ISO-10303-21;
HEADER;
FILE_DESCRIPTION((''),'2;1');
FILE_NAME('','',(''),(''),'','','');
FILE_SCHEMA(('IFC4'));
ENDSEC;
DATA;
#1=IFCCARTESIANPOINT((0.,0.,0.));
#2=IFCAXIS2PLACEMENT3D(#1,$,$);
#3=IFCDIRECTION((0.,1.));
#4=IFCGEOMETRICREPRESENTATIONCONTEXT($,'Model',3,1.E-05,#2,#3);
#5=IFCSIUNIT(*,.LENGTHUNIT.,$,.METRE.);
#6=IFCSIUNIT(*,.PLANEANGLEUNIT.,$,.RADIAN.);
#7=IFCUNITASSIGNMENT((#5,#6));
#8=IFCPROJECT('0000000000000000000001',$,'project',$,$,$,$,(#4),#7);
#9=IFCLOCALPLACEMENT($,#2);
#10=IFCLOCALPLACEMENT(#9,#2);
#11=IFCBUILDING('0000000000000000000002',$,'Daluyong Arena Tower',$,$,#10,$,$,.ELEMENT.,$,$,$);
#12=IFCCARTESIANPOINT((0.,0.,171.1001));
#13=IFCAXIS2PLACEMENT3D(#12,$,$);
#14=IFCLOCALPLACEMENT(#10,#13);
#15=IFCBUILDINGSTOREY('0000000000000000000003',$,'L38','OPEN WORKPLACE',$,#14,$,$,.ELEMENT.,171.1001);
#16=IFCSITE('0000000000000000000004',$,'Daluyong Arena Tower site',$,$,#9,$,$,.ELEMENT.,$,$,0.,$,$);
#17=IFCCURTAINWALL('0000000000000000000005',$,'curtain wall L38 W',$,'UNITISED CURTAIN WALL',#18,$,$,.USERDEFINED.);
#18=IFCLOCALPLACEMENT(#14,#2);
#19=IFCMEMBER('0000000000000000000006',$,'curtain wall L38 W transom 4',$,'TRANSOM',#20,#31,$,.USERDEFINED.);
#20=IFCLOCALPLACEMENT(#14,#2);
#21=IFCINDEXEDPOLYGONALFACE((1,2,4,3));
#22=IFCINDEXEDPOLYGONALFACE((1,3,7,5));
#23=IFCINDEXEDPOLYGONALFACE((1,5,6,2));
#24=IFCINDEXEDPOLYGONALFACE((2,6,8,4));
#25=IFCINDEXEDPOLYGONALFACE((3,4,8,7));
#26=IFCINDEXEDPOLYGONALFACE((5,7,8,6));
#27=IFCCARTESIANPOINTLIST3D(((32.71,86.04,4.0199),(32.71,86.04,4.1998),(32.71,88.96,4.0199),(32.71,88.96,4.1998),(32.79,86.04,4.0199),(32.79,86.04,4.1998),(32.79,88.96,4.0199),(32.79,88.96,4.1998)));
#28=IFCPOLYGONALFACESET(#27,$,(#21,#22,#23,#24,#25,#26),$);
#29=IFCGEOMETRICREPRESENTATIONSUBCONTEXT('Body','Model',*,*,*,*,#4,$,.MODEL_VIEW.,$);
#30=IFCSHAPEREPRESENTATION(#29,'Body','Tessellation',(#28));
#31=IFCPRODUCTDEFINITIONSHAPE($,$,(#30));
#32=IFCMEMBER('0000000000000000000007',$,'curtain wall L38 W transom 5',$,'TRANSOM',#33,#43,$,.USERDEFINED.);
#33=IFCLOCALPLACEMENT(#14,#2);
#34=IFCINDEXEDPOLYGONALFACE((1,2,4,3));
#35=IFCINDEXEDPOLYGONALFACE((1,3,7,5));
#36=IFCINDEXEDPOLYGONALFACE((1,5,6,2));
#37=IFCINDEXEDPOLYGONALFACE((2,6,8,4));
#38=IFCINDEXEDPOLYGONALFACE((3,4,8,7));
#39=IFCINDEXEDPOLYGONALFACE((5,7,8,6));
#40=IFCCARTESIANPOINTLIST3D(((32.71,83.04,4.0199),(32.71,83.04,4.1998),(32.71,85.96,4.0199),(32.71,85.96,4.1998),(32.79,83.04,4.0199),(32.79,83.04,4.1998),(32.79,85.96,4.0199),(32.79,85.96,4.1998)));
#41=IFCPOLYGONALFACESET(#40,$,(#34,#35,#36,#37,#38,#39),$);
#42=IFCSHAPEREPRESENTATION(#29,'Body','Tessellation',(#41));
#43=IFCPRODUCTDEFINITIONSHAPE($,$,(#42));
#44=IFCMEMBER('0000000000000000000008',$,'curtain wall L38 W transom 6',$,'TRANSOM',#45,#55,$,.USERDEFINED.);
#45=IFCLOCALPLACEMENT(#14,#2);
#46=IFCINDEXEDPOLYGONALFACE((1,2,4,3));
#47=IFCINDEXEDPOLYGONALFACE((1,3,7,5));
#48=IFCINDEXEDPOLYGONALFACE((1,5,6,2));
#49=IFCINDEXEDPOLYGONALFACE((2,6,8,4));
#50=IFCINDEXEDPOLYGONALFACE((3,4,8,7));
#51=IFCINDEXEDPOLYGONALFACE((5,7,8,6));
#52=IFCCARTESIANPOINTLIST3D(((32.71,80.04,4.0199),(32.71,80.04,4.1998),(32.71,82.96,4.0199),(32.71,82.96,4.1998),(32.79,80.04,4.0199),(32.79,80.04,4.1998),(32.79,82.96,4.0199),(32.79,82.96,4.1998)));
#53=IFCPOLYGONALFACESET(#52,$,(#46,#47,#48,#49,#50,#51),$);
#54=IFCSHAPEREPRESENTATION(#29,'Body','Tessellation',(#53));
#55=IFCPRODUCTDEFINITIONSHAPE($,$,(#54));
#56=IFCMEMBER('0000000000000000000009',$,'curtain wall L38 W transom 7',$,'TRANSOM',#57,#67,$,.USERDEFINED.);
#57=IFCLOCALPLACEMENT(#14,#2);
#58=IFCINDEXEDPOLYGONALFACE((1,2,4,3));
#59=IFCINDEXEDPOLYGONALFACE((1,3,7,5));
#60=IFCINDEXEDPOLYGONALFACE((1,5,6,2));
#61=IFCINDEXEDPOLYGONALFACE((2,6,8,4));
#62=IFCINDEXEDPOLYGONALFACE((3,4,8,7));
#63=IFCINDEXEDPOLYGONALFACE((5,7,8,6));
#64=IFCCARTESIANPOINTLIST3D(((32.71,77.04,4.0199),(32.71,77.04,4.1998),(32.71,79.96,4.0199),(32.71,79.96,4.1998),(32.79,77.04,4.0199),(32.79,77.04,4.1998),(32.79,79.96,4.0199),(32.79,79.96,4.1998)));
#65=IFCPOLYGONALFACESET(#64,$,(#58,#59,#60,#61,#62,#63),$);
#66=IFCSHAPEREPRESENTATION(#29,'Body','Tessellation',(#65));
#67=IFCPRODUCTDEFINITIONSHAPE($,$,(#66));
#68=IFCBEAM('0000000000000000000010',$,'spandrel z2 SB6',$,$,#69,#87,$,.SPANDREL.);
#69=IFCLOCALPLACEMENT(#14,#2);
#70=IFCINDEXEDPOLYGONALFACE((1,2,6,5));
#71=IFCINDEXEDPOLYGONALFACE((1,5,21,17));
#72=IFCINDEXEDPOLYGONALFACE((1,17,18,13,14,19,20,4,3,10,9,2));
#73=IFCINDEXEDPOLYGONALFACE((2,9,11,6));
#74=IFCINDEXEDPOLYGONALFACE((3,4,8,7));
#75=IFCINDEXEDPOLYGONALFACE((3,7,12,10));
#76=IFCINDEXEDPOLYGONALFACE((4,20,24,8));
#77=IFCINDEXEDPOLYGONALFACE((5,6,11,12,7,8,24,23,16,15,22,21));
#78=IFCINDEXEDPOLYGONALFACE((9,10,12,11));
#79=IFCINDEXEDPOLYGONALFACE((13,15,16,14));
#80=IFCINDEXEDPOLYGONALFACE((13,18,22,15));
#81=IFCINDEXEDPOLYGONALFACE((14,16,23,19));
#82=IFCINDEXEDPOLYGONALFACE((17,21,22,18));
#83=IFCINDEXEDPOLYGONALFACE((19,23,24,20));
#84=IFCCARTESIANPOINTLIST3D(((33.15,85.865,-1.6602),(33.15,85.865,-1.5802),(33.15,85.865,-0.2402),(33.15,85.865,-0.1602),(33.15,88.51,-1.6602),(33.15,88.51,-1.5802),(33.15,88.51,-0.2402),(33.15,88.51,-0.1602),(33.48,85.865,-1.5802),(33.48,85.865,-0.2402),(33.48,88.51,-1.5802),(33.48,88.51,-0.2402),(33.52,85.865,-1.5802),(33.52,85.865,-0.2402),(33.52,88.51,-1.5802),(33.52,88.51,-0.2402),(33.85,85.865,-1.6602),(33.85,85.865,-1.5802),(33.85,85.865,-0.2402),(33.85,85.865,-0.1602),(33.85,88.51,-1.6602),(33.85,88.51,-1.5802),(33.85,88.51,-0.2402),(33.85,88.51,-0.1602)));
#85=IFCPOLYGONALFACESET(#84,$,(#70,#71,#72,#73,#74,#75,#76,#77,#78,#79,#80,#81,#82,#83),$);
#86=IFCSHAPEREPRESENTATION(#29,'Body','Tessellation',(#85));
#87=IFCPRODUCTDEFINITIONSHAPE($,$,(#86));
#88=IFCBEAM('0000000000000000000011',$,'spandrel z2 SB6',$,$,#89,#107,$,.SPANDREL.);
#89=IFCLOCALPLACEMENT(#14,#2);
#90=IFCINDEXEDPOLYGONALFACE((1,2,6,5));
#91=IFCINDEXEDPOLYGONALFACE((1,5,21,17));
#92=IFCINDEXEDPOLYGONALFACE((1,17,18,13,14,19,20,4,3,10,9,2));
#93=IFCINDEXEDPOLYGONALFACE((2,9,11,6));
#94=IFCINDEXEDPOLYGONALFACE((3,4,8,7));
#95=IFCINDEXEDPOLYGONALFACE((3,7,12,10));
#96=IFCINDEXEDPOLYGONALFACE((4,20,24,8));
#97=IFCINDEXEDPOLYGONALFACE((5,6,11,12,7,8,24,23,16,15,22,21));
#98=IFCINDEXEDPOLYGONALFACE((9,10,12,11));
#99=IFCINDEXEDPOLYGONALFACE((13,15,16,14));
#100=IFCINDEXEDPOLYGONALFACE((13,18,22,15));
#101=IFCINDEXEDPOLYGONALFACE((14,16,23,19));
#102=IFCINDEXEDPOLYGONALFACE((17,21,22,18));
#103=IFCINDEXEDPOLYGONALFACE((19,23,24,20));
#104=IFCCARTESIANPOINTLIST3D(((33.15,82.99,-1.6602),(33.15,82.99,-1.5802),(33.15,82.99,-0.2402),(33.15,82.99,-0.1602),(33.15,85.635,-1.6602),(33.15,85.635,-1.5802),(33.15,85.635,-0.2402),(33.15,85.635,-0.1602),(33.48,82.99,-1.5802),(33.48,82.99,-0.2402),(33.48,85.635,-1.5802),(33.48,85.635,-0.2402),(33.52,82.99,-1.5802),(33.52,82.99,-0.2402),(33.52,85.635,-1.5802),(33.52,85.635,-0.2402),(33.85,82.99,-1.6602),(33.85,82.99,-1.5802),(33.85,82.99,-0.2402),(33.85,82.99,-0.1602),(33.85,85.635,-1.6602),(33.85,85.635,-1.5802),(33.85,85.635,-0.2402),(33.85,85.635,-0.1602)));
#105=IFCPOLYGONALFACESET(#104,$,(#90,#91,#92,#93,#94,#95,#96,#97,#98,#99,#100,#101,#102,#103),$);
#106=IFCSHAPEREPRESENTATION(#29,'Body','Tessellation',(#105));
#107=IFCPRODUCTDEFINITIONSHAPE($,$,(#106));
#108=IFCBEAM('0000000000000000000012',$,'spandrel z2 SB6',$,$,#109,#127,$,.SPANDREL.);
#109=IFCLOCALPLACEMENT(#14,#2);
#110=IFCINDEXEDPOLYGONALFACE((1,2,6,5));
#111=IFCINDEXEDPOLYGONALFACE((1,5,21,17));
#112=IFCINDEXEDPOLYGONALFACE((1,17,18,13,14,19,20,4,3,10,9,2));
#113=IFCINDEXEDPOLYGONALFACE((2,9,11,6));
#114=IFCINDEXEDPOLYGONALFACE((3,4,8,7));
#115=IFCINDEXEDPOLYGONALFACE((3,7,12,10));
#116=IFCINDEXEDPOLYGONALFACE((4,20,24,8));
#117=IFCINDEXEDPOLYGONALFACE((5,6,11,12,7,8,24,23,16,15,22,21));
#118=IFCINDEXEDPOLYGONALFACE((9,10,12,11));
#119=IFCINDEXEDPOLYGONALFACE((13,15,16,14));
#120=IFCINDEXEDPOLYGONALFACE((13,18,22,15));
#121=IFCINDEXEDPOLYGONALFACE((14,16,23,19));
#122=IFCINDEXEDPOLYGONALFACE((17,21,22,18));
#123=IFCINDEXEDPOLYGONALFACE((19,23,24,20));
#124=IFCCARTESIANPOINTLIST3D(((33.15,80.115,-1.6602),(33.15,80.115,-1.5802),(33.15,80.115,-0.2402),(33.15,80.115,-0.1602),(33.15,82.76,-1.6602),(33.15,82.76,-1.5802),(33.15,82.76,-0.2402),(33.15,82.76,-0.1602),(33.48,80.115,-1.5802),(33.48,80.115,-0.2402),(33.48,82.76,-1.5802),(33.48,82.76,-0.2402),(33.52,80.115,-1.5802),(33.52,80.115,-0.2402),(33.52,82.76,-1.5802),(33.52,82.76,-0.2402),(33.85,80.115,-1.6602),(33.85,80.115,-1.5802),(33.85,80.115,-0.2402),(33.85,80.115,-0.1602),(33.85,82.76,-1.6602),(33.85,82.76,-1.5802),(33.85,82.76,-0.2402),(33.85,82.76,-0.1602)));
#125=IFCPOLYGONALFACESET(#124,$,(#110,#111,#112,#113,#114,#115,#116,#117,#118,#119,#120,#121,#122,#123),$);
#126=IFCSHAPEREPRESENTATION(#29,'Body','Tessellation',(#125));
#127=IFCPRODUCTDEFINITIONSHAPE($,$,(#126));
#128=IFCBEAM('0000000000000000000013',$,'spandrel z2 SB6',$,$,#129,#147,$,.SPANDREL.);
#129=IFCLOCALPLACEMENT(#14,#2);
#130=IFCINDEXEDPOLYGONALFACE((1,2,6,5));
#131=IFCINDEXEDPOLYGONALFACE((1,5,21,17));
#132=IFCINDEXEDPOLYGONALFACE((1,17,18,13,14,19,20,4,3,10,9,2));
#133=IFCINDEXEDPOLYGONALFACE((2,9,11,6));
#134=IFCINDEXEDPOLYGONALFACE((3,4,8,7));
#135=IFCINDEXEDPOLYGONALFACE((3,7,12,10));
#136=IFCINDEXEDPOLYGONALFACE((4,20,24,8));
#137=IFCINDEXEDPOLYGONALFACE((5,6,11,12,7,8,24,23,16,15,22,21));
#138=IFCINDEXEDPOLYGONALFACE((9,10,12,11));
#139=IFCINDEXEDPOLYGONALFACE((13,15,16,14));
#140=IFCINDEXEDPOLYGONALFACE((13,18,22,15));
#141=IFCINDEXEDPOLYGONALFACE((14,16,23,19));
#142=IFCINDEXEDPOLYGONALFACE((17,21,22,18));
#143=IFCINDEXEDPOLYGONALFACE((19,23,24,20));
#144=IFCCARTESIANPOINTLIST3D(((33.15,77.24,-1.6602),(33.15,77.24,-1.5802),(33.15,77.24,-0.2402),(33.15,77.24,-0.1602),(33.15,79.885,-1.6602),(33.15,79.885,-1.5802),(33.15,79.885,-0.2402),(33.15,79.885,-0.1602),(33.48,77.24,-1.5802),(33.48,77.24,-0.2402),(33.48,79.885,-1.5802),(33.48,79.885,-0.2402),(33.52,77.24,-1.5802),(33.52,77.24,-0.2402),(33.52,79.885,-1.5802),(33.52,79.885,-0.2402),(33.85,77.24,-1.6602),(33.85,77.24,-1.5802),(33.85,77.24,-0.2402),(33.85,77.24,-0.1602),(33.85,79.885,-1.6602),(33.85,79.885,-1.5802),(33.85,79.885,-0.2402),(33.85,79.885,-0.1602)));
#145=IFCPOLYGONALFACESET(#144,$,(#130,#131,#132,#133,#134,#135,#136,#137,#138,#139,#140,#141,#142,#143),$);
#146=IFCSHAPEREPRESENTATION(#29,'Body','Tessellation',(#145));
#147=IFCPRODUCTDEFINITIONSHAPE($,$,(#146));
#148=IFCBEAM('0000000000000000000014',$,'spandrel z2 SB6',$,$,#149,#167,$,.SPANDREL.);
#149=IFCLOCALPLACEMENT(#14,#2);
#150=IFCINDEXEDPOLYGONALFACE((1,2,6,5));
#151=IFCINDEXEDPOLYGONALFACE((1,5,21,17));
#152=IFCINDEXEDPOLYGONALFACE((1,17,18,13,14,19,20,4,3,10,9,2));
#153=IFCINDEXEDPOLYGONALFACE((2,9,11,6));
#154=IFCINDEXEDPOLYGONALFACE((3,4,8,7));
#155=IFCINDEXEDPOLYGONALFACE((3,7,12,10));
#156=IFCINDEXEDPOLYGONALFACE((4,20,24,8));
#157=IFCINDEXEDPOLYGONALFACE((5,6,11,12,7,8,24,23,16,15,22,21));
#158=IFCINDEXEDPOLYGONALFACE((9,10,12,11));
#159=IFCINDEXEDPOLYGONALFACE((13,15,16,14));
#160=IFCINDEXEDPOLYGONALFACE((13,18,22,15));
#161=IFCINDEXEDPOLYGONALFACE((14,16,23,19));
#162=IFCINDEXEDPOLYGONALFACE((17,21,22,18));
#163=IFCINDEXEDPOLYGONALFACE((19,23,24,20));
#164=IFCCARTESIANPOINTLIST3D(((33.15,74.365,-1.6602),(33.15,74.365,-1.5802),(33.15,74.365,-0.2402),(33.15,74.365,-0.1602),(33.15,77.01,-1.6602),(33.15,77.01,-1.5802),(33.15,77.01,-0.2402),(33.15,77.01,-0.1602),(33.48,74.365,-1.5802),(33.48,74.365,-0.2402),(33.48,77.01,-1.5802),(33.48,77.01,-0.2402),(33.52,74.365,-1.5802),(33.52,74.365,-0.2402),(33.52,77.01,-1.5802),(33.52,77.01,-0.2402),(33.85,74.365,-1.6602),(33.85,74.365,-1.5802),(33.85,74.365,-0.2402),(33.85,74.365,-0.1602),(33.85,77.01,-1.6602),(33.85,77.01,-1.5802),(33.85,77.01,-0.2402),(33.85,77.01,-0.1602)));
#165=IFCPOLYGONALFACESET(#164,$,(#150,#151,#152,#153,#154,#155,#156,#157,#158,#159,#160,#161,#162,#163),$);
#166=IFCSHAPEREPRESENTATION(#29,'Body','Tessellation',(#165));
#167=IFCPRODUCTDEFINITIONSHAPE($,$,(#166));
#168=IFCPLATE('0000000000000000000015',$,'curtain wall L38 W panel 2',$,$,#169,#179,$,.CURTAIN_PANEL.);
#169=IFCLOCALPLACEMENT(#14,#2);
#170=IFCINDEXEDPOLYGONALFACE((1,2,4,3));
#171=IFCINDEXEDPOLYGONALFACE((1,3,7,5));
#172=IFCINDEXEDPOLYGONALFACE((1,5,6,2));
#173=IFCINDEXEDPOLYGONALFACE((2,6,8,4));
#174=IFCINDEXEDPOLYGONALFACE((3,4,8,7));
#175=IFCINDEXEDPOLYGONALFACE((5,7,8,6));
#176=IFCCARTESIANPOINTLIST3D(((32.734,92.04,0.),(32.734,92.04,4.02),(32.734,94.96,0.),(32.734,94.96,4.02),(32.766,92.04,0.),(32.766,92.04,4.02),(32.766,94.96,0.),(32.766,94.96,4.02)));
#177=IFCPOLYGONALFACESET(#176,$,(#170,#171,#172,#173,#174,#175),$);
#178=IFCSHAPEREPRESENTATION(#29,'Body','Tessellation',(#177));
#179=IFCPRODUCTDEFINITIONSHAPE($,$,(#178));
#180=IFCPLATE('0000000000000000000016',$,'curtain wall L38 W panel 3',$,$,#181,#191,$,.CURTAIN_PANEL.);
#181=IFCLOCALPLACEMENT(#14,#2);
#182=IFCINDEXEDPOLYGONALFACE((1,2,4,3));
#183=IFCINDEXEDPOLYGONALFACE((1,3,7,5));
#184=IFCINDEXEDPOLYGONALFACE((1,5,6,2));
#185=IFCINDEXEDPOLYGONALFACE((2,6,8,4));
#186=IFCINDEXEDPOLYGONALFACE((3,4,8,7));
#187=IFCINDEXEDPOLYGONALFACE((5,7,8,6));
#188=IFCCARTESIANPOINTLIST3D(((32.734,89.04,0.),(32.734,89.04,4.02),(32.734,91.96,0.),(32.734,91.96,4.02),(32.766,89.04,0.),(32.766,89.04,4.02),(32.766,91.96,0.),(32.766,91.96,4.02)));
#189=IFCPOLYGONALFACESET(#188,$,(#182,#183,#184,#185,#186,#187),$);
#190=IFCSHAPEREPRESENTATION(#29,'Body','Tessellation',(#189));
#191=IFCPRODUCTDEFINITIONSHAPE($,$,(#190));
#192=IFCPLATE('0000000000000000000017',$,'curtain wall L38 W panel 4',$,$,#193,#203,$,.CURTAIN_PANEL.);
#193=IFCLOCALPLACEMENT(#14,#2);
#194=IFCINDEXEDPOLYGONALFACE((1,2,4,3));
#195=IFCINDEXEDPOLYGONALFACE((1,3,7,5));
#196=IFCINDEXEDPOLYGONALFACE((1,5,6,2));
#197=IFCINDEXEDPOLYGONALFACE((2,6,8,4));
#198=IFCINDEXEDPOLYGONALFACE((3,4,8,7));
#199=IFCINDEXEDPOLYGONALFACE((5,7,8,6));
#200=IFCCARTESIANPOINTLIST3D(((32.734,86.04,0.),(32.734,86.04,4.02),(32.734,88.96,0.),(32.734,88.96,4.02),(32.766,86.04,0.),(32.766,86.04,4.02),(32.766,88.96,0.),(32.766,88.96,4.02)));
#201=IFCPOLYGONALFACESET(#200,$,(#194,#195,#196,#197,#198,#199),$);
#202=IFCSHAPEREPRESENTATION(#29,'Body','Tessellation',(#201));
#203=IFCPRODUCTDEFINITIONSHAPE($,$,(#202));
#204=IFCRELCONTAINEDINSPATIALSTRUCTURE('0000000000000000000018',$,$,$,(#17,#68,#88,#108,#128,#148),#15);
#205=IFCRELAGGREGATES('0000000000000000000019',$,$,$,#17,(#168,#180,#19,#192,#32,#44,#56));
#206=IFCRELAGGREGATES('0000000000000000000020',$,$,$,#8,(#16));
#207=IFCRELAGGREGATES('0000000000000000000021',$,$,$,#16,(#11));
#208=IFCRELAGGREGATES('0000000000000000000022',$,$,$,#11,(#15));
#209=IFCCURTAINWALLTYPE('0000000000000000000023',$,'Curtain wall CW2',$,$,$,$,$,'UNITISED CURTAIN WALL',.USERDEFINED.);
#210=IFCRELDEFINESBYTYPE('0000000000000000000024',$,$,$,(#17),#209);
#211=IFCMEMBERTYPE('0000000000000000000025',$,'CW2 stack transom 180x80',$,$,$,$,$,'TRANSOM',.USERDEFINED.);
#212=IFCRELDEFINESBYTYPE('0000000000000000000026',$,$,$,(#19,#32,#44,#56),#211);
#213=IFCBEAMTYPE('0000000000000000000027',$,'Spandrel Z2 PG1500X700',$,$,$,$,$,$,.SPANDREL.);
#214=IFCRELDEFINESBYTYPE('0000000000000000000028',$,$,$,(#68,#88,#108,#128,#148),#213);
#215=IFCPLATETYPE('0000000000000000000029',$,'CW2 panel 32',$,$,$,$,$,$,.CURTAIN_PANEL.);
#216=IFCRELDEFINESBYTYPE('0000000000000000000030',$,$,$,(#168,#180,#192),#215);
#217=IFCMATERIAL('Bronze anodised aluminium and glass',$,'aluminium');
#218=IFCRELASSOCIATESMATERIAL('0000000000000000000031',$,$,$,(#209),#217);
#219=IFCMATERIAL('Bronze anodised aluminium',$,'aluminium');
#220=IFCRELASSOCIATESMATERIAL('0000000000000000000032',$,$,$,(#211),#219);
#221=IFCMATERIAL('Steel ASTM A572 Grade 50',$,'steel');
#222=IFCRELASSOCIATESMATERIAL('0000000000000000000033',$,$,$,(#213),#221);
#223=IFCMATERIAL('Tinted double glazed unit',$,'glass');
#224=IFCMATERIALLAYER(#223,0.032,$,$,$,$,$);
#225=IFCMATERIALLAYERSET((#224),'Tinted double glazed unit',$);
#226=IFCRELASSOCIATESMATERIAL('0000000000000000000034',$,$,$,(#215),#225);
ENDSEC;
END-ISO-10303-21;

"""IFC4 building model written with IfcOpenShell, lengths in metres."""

from ifc_helpers import new_model, si_unit, direction, frame, origin, origin_2d, place, context, subcontext, project, spatial, rectangle, i_section, extrude, material, layer, layer_set, material_profile, profile_set, type_object, element, aggregate, save


model = new_model("IFC4")

# Units and contexts
model_context = context("Model", 3, precision=1e-05, world=origin(), true_north=direction((0.0, 1.0)))
body_context = subcontext(model_context, "Body", "Model", "MODEL_VIEW")
ifc_project = project(units=[si_unit("LENGTHUNIT", "METRE"), si_unit("PLANEANGLEUNIT", "RADIAN")], contexts=[model_context])

# Site, building, storey
site_placement = place(None, origin())
site = spatial("IfcSite", under=ifc_project, at=site_placement, Name="Daluyong Arena Tower site", CompositionType="ELEMENT", RefElevation=0.0)
building_placement = place(site_placement, origin())
building = spatial("IfcBuilding", under=site, at=building_placement, Name="Daluyong Arena Tower", CompositionType="ELEMENT")
storey_placement = place(building_placement, frame((0.0, 0.0, 171.1001)))
storey = spatial("IfcBuildingStorey", under=building, at=storey_placement, Name="L38", Description="OPEN WORKPLACE", CompositionType="ELEMENT", Elevation=171.1001)

# Curtain wall, members
ifc_material_1 = material(Name="Bronze anodised aluminium and glass", Category="aluminium")
curtain_wall_type = type_object("IfcCurtainWallType", Name="Curtain wall CW2", ElementType="UNITISED CURTAIN WALL", PredefinedType="USERDEFINED", material=ifc_material_1)
curtain_wall_placement = place(storey_placement, origin())
curtain_wall = element("IfcCurtainWall", 1, at=curtain_wall_placement, inside=storey, type_object=curtain_wall_type, Name="curtain wall L38 W", ObjectType="UNITISED CURTAIN WALL", PredefinedType="USERDEFINED")
ifc_material_2 = material(Name="Bronze anodised aluminium", Category="aluminium")
ifc_material_profile_1 = material_profile(ifc_material_2, rectangle(XDim=0.0801, YDim=0.1799, at=origin_2d()))
ifc_profile_set_1 = profile_set([ifc_material_profile_1], Name="Bronze anodised aluminium")
member_type_1 = type_object("IfcMemberType", Name="CW2 stack transom 180x80", ElementType="TRANSOM", PredefinedType="USERDEFINED", material=ifc_profile_set_1)
member_1_placement = place(storey_placement, frame((32.75, 88.96, 4.1099), z_axis=(0.0, -1.0, 0.0), x_axis=(1.0, 0.0, 0.0)))
member_1 = element("IfcMember", 2, at=member_1_placement, type_object=member_type_1, Name="curtain wall L38 W transom 4", ObjectType="TRANSOM", PredefinedType="USERDEFINED", context=body_context, shape_type="SweptSolid", body=[
    extrude(rectangle(XDim=0.0801, YDim=0.1799, at=origin_2d()), origin(), (0.0, 0.0, 1.0), 2.9199),
])
member_2_placement = place(storey_placement, frame((32.75, 85.96, 4.1099), z_axis=(0.0, -1.0, 0.0), x_axis=(1.0, 0.0, 0.0)))
member_2 = element("IfcMember", 3, at=member_2_placement, type_object=member_type_1, Name="curtain wall L38 W transom 5", ObjectType="TRANSOM", PredefinedType="USERDEFINED", context=body_context, shape_type="SweptSolid", body=[
    extrude(rectangle(XDim=0.0801, YDim=0.1799, at=origin_2d()), origin(), (0.0, 0.0, 1.0), 2.9199),
])
member_3_placement = place(storey_placement, frame((32.75, 82.96, 4.1099), z_axis=(0.0, -1.0, 0.0), x_axis=(1.0, 0.0, 0.0)))
member_3 = element("IfcMember", 4, at=member_3_placement, type_object=member_type_1, Name="curtain wall L38 W transom 6", ObjectType="TRANSOM", PredefinedType="USERDEFINED", context=body_context, shape_type="SweptSolid", body=[
    extrude(rectangle(XDim=0.0801, YDim=0.1799, at=origin_2d()), origin(), (0.0, 0.0, 1.0), 2.9199),
])
member_4_placement = place(storey_placement, frame((32.75, 79.96, 4.1099), z_axis=(0.0, -1.0, 0.0), x_axis=(1.0, 0.0, 0.0)))
member_4 = element("IfcMember", 5, at=member_4_placement, type_object=member_type_1, Name="curtain wall L38 W transom 7", ObjectType="TRANSOM", PredefinedType="USERDEFINED", context=body_context, shape_type="SweptSolid", body=[
    extrude(rectangle(XDim=0.0801, YDim=0.1799, at=origin_2d()), origin(), (0.0, 0.0, 1.0), 2.9199),
])

# Beams
ifc_material_3 = material(Name="Steel ASTM A572 Grade 50", Category="steel")
ifc_material_profile_2 = material_profile(ifc_material_3, i_section(OverallWidth=0.7, OverallDepth=1.5, WebThickness=0.04, FlangeThickness=0.08, at=origin_2d()))
ifc_profile_set_2 = profile_set([ifc_material_profile_2], Name="Steel ASTM A572 Grade 50")
beam_type = type_object("IfcBeamType", Name="Spandrel Z2 PG1500X700", PredefinedType="SPANDREL", material=ifc_profile_set_2)
for number, where, z_axis, x_axis, name in (
    (6, (33.5, 88.51, -0.9102), (0.0, -1.0, 0.0), (1.0, 0.0, 0.0), "spandrel z2 SB6"),
    (7, (33.5, 85.635, -0.9102), (0.0, -1.0, 0.0), (1.0, 0.0, 0.0), "spandrel z2 SB6"),
    (8, (33.5, 82.76, -0.9102), (0.0, -1.0, 0.0), (1.0, 0.0, 0.0), "spandrel z2 SB6"),
    (9, (33.5, 79.885, -0.9102), (0.0, -1.0, 0.0), (1.0, 0.0, 0.0), "spandrel z2 SB6"),
    (10, (33.5, 77.01, -0.9102), (0.0, -1.0, 0.0), (1.0, 0.0, 0.0), "spandrel z2 SB6"),
):
    element("IfcBeam", number, at=place(storey_placement, frame(where, z_axis=z_axis, x_axis=x_axis)), inside=storey, type_object=beam_type, Name=name, PredefinedType="SPANDREL", context=body_context, shape_type="SweptSolid", body=[
        extrude(i_section(OverallWidth=0.7, OverallDepth=1.5, WebThickness=0.04, FlangeThickness=0.08, at=origin_2d()), origin(), (0.0, 0.0, 1.0), 2.645),
    ])

# Plates
ifc_material_4 = material(Name="Tinted double glazed unit", Category="glass")
ifc_layer = layer(ifc_material_4, 0.032)
ifc_layer_set = layer_set([ifc_layer], Name="Tinted double glazed unit")
plate_type = type_object("IfcPlateType", Name="CW2 panel 32", PredefinedType="CURTAIN_PANEL", material=ifc_layer_set)
plate_1_placement = place(storey_placement, frame((32.75, 93.5, 0.0), z_axis=(0.0, 0.0, 1.0), x_axis=(0.0, -1.0, 0.0)))
plate_1 = element("IfcPlate", 11, at=plate_1_placement, type_object=plate_type, Name="curtain wall L38 W panel 2", PredefinedType="CURTAIN_PANEL", context=body_context, shape_type="SweptSolid", body=[
    extrude(rectangle(XDim=2.9199, YDim=0.032, at=origin_2d()), origin(), (0.0, 0.0, 1.0), 4.02),
])
plate_2_placement = place(storey_placement, frame((32.75, 90.5, 0.0), z_axis=(0.0, 0.0, 1.0), x_axis=(0.0, -1.0, 0.0)))
plate_2 = element("IfcPlate", 12, at=plate_2_placement, type_object=plate_type, Name="curtain wall L38 W panel 3", PredefinedType="CURTAIN_PANEL", context=body_context, shape_type="SweptSolid", body=[
    extrude(rectangle(XDim=2.9199, YDim=0.032, at=origin_2d()), origin(), (0.0, 0.0, 1.0), 4.02),
])
plate_3_placement = place(storey_placement, frame((32.75, 87.5, 0.0), z_axis=(0.0, 0.0, 1.0), x_axis=(0.0, -1.0, 0.0)))
plate_3 = element("IfcPlate", 13, at=plate_3_placement, type_object=plate_type, Name="curtain wall L38 W panel 4", PredefinedType="CURTAIN_PANEL", context=body_context, shape_type="SweptSolid", body=[
    extrude(rectangle(XDim=2.9199, YDim=0.032, at=origin_2d()), origin(), (0.0, 0.0, 1.0), 4.02),
])
aggregate(curtain_wall, [plate_1, plate_2, member_1, plate_3, member_2, member_3, member_4])

save(model, "model.ifc")
